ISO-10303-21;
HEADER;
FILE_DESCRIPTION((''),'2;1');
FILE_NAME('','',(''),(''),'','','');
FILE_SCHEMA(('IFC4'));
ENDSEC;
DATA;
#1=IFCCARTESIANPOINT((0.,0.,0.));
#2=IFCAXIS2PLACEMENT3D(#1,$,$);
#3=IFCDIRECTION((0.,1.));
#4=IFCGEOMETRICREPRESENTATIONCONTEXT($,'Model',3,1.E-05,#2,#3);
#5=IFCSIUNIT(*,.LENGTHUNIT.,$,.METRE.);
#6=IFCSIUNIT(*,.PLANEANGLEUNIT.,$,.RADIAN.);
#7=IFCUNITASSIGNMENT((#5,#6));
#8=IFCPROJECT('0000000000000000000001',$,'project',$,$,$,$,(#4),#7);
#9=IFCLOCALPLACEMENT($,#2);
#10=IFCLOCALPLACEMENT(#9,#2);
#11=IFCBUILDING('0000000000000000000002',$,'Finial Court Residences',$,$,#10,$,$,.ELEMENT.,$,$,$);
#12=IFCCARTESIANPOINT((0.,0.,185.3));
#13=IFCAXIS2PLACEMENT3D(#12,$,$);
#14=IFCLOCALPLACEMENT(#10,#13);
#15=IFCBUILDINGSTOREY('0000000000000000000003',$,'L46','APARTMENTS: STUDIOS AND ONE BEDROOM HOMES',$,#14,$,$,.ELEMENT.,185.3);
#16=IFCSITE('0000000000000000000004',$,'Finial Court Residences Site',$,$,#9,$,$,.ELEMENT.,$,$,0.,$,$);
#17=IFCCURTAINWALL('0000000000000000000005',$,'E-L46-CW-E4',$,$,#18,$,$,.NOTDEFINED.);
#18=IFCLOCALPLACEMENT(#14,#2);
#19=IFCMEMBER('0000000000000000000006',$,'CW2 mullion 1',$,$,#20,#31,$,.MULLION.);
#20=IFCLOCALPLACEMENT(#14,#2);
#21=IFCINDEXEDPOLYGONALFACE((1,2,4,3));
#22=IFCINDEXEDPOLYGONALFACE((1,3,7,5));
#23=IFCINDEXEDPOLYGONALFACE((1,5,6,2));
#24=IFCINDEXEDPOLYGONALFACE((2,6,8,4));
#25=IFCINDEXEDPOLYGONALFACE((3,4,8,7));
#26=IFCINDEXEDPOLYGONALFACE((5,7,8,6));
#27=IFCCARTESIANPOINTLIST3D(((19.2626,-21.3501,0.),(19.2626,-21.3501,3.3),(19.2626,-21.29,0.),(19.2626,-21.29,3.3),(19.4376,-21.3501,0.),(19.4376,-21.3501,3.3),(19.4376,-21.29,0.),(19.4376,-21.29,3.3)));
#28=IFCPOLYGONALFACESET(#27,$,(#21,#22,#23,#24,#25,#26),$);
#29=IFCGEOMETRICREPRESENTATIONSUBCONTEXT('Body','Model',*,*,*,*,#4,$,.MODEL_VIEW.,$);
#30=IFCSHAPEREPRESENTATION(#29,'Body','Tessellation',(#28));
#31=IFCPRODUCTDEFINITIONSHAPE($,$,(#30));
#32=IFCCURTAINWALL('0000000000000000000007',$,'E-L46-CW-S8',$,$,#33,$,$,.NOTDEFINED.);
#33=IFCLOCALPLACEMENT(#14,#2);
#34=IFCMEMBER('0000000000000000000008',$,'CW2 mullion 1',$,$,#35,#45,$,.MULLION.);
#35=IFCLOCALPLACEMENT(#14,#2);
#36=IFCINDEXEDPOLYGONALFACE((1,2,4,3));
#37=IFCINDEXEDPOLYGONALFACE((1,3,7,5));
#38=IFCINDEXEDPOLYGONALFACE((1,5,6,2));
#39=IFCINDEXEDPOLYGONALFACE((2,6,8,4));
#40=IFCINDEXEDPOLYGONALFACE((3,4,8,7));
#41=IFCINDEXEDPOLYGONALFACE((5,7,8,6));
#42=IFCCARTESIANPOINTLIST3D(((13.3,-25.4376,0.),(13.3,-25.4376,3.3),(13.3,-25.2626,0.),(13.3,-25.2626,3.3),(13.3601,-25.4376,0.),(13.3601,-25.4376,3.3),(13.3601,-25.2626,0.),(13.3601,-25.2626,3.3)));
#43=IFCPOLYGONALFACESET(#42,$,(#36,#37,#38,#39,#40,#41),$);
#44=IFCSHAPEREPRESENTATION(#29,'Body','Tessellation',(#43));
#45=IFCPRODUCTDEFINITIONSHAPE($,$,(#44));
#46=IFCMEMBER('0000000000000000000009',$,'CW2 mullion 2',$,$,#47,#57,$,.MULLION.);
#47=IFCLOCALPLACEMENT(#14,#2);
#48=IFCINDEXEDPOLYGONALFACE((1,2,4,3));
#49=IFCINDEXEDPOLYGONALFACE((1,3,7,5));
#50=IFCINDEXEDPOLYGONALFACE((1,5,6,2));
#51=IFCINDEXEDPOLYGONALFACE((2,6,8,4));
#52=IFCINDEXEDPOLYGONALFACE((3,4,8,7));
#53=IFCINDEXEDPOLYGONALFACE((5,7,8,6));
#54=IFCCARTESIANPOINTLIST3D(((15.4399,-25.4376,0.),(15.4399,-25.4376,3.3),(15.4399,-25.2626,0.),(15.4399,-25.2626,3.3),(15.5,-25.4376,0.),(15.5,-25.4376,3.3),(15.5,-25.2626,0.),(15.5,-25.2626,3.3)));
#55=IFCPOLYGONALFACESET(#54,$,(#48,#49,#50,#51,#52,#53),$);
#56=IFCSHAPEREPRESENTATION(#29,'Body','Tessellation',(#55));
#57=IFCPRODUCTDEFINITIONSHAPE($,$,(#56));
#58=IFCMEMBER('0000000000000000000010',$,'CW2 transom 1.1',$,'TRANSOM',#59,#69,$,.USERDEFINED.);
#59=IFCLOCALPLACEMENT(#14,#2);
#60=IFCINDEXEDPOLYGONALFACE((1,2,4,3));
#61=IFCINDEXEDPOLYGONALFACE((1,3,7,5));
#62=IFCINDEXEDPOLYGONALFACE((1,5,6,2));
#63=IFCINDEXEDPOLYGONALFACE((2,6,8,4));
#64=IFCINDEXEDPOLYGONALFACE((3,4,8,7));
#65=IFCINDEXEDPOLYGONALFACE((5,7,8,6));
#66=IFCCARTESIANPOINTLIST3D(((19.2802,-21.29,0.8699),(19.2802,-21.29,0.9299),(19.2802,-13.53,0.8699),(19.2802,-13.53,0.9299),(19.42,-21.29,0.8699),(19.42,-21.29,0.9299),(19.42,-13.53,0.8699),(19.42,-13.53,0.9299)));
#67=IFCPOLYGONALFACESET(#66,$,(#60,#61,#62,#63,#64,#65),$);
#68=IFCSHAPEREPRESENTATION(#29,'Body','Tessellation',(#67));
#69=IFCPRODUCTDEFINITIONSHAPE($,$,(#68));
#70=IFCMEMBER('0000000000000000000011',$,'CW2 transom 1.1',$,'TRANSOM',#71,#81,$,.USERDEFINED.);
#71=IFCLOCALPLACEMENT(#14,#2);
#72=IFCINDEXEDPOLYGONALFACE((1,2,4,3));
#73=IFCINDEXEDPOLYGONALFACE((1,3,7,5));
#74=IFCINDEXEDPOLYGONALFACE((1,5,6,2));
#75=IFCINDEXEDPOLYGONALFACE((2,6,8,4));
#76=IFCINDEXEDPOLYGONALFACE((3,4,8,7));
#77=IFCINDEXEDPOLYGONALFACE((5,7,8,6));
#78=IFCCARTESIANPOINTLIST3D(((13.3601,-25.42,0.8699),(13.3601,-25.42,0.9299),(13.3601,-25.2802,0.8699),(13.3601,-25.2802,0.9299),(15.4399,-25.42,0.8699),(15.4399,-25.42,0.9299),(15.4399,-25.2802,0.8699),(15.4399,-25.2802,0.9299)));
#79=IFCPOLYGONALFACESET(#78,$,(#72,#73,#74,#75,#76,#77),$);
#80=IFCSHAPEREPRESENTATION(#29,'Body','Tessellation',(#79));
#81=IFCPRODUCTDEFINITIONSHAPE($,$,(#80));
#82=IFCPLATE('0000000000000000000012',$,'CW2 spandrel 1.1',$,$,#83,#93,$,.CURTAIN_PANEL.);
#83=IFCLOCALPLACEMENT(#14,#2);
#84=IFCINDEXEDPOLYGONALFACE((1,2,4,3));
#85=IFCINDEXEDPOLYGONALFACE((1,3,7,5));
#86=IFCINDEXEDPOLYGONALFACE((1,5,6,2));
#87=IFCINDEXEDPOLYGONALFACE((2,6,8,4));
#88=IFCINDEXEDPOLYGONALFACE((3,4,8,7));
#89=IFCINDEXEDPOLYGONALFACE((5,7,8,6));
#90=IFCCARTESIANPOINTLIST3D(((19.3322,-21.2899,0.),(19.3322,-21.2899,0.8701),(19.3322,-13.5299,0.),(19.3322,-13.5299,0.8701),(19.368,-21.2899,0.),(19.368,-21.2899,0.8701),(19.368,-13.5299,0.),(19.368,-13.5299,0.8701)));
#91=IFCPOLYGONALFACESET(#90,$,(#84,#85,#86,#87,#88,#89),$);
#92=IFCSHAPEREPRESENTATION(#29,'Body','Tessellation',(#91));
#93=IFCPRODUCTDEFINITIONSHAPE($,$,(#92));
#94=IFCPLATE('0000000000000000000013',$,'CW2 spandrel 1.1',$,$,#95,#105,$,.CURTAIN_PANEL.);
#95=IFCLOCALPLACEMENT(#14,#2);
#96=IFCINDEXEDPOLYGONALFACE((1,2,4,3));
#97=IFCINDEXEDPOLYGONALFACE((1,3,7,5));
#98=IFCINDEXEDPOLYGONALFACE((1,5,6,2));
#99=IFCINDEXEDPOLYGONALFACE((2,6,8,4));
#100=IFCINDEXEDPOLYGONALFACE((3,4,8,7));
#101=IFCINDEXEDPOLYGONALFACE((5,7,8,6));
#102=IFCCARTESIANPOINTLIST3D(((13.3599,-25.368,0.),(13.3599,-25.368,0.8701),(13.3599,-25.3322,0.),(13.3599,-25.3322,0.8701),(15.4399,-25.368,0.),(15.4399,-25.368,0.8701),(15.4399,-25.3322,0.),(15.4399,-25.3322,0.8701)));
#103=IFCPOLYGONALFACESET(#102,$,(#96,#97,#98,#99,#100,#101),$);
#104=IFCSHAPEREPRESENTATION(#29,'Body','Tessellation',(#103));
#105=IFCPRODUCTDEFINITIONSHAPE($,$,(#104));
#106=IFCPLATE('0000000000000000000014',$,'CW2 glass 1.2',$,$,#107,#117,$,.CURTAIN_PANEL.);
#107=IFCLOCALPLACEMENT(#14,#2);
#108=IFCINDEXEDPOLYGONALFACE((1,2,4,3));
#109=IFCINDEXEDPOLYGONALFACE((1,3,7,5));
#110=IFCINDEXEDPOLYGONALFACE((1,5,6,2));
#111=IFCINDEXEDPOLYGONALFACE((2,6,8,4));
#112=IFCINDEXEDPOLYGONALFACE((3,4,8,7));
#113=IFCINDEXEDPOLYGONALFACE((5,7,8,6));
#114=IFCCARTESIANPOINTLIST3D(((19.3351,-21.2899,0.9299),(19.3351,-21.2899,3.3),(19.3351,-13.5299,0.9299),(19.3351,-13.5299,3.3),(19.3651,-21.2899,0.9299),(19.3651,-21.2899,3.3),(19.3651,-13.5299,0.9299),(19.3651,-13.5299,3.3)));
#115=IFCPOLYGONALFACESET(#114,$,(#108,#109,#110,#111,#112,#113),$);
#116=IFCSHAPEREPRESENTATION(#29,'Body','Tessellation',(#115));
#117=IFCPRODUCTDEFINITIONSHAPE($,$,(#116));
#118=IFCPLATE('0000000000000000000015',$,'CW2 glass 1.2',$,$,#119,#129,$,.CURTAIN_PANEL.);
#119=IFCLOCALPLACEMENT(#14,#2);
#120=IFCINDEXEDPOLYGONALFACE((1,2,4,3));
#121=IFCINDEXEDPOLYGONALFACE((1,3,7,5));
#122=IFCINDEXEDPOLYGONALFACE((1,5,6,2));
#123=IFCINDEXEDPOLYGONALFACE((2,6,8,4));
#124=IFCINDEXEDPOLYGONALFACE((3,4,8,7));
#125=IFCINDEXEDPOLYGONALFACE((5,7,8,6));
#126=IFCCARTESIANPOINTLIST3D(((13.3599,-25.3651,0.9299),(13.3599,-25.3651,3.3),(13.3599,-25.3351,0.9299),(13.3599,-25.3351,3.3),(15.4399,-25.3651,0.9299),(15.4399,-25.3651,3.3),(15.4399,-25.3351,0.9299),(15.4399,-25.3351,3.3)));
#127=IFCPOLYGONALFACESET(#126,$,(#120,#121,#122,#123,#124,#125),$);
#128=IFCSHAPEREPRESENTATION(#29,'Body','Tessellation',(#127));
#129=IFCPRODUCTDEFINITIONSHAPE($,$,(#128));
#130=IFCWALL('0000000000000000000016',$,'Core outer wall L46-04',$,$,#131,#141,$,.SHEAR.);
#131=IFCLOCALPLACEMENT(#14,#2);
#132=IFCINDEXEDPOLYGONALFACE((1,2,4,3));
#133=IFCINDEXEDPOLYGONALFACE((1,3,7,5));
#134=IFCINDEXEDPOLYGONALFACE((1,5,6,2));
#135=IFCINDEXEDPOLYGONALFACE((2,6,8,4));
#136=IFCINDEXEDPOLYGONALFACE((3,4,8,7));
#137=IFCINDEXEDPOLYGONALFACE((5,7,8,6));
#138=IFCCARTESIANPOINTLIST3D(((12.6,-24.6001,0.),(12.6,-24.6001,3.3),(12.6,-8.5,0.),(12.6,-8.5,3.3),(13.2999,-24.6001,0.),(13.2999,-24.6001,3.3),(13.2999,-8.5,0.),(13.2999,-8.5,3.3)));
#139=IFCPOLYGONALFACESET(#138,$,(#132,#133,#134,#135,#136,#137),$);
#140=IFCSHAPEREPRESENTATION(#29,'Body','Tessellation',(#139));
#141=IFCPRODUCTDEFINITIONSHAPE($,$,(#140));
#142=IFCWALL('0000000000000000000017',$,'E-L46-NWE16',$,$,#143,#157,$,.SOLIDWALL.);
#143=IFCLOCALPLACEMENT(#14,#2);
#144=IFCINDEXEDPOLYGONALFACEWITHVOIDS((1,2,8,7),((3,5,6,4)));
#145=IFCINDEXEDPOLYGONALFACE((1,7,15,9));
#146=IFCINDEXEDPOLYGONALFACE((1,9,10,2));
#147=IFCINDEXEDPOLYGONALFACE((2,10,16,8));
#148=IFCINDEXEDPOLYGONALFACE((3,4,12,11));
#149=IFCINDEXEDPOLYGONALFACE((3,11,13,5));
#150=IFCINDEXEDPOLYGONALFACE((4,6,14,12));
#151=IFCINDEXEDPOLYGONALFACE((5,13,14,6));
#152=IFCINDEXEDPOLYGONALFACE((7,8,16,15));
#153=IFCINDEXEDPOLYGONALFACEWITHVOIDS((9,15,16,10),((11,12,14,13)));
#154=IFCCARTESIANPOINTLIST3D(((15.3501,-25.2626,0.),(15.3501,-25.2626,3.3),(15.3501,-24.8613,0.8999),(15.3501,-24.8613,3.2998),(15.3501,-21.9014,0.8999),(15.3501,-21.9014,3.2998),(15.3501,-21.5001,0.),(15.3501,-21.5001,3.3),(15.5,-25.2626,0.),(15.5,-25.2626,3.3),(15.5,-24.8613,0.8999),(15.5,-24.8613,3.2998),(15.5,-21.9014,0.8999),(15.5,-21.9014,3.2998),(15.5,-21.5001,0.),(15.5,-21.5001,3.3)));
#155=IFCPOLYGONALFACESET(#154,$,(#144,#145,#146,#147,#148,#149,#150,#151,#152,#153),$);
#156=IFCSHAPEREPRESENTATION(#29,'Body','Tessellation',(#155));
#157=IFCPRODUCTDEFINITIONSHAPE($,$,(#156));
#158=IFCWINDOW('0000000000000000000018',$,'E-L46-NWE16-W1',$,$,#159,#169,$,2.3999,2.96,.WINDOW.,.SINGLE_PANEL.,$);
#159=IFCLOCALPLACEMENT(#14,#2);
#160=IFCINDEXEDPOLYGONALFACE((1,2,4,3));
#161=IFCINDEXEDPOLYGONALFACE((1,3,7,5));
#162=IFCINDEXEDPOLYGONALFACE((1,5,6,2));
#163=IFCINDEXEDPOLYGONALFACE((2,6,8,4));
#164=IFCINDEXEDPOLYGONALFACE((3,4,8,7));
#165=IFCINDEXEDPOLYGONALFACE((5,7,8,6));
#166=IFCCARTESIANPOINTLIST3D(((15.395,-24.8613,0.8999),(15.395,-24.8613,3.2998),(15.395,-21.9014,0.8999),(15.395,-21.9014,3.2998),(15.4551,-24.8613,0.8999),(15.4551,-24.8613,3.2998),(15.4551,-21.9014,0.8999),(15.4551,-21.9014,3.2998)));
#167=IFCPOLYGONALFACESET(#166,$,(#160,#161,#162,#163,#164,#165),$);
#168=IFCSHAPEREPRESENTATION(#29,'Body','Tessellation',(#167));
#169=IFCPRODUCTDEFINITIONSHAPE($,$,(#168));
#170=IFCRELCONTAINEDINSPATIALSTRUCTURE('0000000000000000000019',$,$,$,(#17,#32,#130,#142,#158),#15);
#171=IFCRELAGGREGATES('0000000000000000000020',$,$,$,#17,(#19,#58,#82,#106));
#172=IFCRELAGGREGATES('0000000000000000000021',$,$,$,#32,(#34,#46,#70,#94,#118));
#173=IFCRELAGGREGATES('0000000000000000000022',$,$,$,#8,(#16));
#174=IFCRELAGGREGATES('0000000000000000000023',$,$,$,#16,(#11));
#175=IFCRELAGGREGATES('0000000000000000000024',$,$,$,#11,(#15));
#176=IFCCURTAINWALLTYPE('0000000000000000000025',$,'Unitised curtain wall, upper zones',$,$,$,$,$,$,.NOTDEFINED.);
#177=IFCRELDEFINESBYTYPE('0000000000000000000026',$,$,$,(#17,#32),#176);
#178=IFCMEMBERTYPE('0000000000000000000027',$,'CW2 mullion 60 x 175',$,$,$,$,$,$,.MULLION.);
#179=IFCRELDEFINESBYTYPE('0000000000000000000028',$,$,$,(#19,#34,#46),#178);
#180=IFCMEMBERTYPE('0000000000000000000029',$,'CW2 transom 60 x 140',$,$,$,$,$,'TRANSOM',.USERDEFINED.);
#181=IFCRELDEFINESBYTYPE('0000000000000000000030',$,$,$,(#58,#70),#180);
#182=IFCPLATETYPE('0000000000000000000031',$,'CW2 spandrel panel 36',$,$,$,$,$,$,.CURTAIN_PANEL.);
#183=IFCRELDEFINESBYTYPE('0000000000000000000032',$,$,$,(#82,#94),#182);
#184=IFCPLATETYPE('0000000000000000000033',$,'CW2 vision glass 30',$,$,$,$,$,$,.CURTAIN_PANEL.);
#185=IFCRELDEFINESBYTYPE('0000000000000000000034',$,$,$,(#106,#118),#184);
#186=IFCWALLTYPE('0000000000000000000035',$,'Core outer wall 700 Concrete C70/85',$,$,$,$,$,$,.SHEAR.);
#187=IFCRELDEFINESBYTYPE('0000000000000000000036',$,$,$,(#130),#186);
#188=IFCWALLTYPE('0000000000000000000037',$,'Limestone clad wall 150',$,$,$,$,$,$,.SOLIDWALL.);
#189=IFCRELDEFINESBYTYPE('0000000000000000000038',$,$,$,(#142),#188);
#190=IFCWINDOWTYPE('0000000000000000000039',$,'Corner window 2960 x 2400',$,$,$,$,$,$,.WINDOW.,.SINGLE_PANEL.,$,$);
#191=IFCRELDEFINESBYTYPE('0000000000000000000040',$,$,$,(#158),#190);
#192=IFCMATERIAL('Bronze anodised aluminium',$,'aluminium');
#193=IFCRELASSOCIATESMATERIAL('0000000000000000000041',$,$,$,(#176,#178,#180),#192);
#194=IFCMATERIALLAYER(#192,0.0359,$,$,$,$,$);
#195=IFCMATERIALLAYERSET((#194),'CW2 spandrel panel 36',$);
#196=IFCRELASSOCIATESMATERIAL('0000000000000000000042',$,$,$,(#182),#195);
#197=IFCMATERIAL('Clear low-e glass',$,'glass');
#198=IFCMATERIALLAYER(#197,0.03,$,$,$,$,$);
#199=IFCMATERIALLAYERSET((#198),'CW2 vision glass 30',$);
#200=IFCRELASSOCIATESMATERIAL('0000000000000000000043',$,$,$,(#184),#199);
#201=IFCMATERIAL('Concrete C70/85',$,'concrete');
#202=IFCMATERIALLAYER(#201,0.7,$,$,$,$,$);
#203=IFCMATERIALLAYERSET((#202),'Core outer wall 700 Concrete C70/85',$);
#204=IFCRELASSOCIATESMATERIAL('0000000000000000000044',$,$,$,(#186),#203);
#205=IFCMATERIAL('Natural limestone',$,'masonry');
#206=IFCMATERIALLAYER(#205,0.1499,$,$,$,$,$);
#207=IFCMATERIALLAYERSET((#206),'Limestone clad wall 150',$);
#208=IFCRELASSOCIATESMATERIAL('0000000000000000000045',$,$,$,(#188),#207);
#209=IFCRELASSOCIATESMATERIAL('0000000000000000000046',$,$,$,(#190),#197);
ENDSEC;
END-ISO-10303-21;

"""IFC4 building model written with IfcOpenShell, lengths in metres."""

from ifc_helpers import new_model, si_unit, direction, frame, frame_2d, origin, origin_2d, place, context, subcontext, project, spatial, rectangle, extrude, material, layer, layer_set, material_profile, profile_set, type_object, element, fill, aggregate, save


model = new_model("IFC4")

# Units and contexts
model_context = context("Model", 3, precision=1e-05, world=origin(), true_north=direction((0.0, 1.0)))
body_context = subcontext(model_context, "Body", "Model", "MODEL_VIEW")
ifc_project = project(units=[si_unit("LENGTHUNIT", "METRE"), si_unit("PLANEANGLEUNIT", "RADIAN")], contexts=[model_context])

# Site, building, storey
site_placement = place(None, origin())
site = spatial("IfcSite", under=ifc_project, at=site_placement, Name="Finial Court Residences Site", CompositionType="ELEMENT", RefElevation=0.0)
building_placement = place(site_placement, origin())
building = spatial("IfcBuilding", under=site, at=building_placement, Name="Finial Court Residences", CompositionType="ELEMENT")
storey_placement = place(building_placement, frame((0.0, 0.0, 185.3)))
storey = spatial("IfcBuildingStorey", under=building, at=storey_placement, Name="L46", Description="APARTMENTS: STUDIOS AND ONE BEDROOM HOMES", CompositionType="ELEMENT", Elevation=185.3)

# Curtain wall, member
ifc_material_1 = material(Name="Bronze anodised aluminium", Category="aluminium")
curtain_wall_type = type_object("IfcCurtainWallType", Name="Unitised curtain wall, upper zones", PredefinedType="NOTDEFINED", material=ifc_material_1)
curtain_wall_1_placement = place(storey_placement, origin())
curtain_wall_1 = element("IfcCurtainWall", 1, at=curtain_wall_1_placement, inside=storey, type_object=curtain_wall_type, Name="E-L46-CW-E4", PredefinedType="NOTDEFINED")
ifc_material_profile_1 = material_profile(ifc_material_1, rectangle(XDim=0.175, YDim=0.0601, at=origin_2d()), Name="CW2 mullion 60 x 175")
ifc_profile_set_1 = profile_set([ifc_material_profile_1], Name="Bronze anodised aluminium")
member_type_1 = type_object("IfcMemberType", Name="CW2 mullion 60 x 175", PredefinedType="MULLION", material=ifc_profile_set_1)
member_1_placement = place(storey_placement, frame((19.3501, -21.3201, 0.0), z_axis=(0.0, 0.0, 1.0), x_axis=(-1.0, 0.0, 0.0)))
member_1 = element("IfcMember", 2, at=member_1_placement, type_object=member_type_1, Name="CW2 mullion 1", PredefinedType="MULLION", context=body_context, shape_type="SweptSolid", body=[
    extrude(rectangle(XDim=0.175, YDim=0.0601, at=origin_2d()), origin(), (0.0, 0.0, 1.0), 3.3),
])

# Curtain wall, members
curtain_wall_2_placement = place(storey_placement, origin())
curtain_wall_2 = element("IfcCurtainWall", 3, at=curtain_wall_2_placement, inside=storey, type_object=curtain_wall_type, Name="E-L46-CW-S8", PredefinedType="NOTDEFINED")
member_2_placement = place(storey_placement, frame((13.3301, -25.3501, 0.0), z_axis=(0.0, 0.0, 1.0), x_axis=(0.0, 1.0, 0.0)))
member_2 = element("IfcMember", 4, at=member_2_placement, type_object=member_type_1, Name="CW2 mullion 1", PredefinedType="MULLION", context=body_context, shape_type="SweptSolid", body=[
    extrude(rectangle(XDim=0.175, YDim=0.0601, at=origin_2d()), origin(), (0.0, 0.0, 1.0), 3.3),
])
member_3_placement = place(storey_placement, frame((15.47, -25.3501, 0.0), z_axis=(0.0, 0.0, 1.0), x_axis=(0.0, 1.0, 0.0)))
member_3 = element("IfcMember", 5, at=member_3_placement, type_object=member_type_1, Name="CW2 mullion 2", PredefinedType="MULLION", context=body_context, shape_type="SweptSolid", body=[
    extrude(rectangle(XDim=0.175, YDim=0.0601, at=origin_2d()), origin(), (0.0, 0.0, 1.0), 3.3),
])

# Members
ifc_material_profile_2 = material_profile(ifc_material_1, rectangle(XDim=0.1399, YDim=0.0601, at=origin_2d()), Name="CW2 transom 60 x 140")
ifc_profile_set_2 = profile_set([ifc_material_profile_2], Name="Bronze anodised aluminium")
member_type_2 = type_object("IfcMemberType", Name="CW2 transom 60 x 140", ElementType="TRANSOM", PredefinedType="USERDEFINED", material=ifc_profile_set_2)
member_4_placement = place(storey_placement, frame((19.3501, -21.29, 0.8999), z_axis=(0.0, 1.0, 0.0), x_axis=(-1.0, 0.0, 0.0)))
member_4 = element("IfcMember", 6, at=member_4_placement, type_object=member_type_2, Name="CW2 transom 1.1", ObjectType="TRANSOM", PredefinedType="USERDEFINED", context=body_context, shape_type="SweptSolid", body=[
    extrude(rectangle(XDim=0.1399, YDim=0.0601, at=origin_2d()), origin(), (0.0, 0.0, 1.0), 7.76),
])
member_5_placement = place(storey_placement, frame((13.3601, -25.3501, 0.8999), z_axis=(1.0, 0.0, 0.0), x_axis=(0.0, 1.0, 0.0)))
member_5 = element("IfcMember", 7, at=member_5_placement, type_object=member_type_2, Name="CW2 transom 1.1", ObjectType="TRANSOM", PredefinedType="USERDEFINED", context=body_context, shape_type="SweptSolid", body=[
    extrude(rectangle(XDim=0.1399, YDim=0.0601, at=origin_2d()), origin(), (0.0, 0.0, 1.0), 2.0798),
])

# Plates
ifc_layer_1 = layer(ifc_material_1, 0.0359)
ifc_layer_set_1 = layer_set([ifc_layer_1], Name="CW2 spandrel panel 36")
plate_type_1 = type_object("IfcPlateType", Name="CW2 spandrel panel 36", PredefinedType="CURTAIN_PANEL", material=ifc_layer_set_1)
plate_1_placement = place(storey_placement, frame((19.3501, -17.4099, 0.0), z_axis=(0.0, 0.0, 1.0), x_axis=(0.0, 1.0, 0.0)))
plate_1 = element("IfcPlate", 8, at=plate_1_placement, type_object=plate_type_1, Name="CW2 spandrel 1.1", PredefinedType="CURTAIN_PANEL", context=body_context, shape_type="SweptSolid", body=[
    extrude(rectangle(XDim=7.76, YDim=0.0359, at=origin_2d()), origin(), (0.0, 0.0, 1.0), 0.8701),
])
plate_2_placement = place(storey_placement, frame((14.3999, -25.3501, 0.0), z_axis=(0.0, 0.0, 1.0), x_axis=(1.0, 0.0, 0.0)))
plate_2 = element("IfcPlate", 9, at=plate_2_placement, type_object=plate_type_1, Name="CW2 spandrel 1.1", PredefinedType="CURTAIN_PANEL", context=body_context, shape_type="SweptSolid", body=[
    extrude(rectangle(XDim=2.0801, YDim=0.0359, at=origin_2d()), origin(), (0.0, 0.0, 1.0), 0.8701),
])
ifc_material_2 = material(Name="Clear low-e glass", Category="glass")
ifc_layer_2 = layer(ifc_material_2, 0.03)
ifc_layer_set_2 = layer_set([ifc_layer_2], Name="CW2 vision glass 30")
plate_type_2 = type_object("IfcPlateType", Name="CW2 vision glass 30", PredefinedType="CURTAIN_PANEL", material=ifc_layer_set_2)
plate_3_placement = place(storey_placement, frame((19.3501, -17.4099, 0.9299), z_axis=(0.0, 0.0, 1.0), x_axis=(0.0, 1.0, 0.0)))
plate_3 = element("IfcPlate", 10, at=plate_3_placement, type_object=plate_type_2, Name="CW2 glass 1.2", PredefinedType="CURTAIN_PANEL", context=body_context, shape_type="SweptSolid", body=[
    extrude(rectangle(XDim=7.76, YDim=0.03, at=origin_2d()), origin(), (0.0, 0.0, 1.0), 2.3701),
])
aggregate(curtain_wall_1, [member_1, member_4, plate_1, plate_3])
plate_4_placement = place(storey_placement, frame((14.3999, -25.3501, 0.9299), z_axis=(0.0, 0.0, 1.0), x_axis=(1.0, 0.0, 0.0)))
plate_4 = element("IfcPlate", 11, at=plate_4_placement, type_object=plate_type_2, Name="CW2 glass 1.2", PredefinedType="CURTAIN_PANEL", context=body_context, shape_type="SweptSolid", body=[
    extrude(rectangle(XDim=2.0801, YDim=0.03, at=origin_2d()), origin(), (0.0, 0.0, 1.0), 2.3701),
])
aggregate(curtain_wall_2, [member_2, member_3, member_5, plate_2, plate_4])

# Wall
ifc_material_3 = material(Name="Concrete C70/85", Category="concrete")
ifc_layer_3 = layer(ifc_material_3, 0.7)
ifc_layer_set_3 = layer_set([ifc_layer_3], Name="Core outer wall 700 Concrete C70/85")
wall_type_1 = type_object("IfcWallType", Name="Core outer wall 700 Concrete C70/85", PredefinedType="SHEAR", material=ifc_layer_set_3)
wall_1_placement = place(storey_placement, frame((12.95, -24.6001, 0.0), z_axis=(0.0, 0.0, 1.0), x_axis=(0.0, 1.0, 0.0)))
element("IfcWall", 12, at=wall_1_placement, inside=storey, type_object=wall_type_1, Name="Core outer wall L46-04", PredefinedType="SHEAR", context=body_context, shape_type="SweptSolid", body=[
    extrude(rectangle(XDim=16.1001, YDim=0.7, at=frame_2d((8.05, 0.0))), origin(), (0.0, 0.0, 1.0), 3.3),
])

# Wall, opening, window
ifc_material_4 = material(Name="Natural limestone", Category="masonry")
ifc_layer_4 = layer(ifc_material_4, 0.1499)
ifc_layer_set_4 = layer_set([ifc_layer_4], Name="Limestone clad wall 150")
wall_type_2 = type_object("IfcWallType", Name="Limestone clad wall 150", PredefinedType="SOLIDWALL", material=ifc_layer_set_4)
wall_2_placement = place(storey_placement, frame((15.425, -21.5, 0.0), z_axis=(0.0, 0.0, 1.0), x_axis=(0.0, -1.0, 0.0)))
wall_2 = element("IfcWall", 13, at=wall_2_placement, inside=storey, type_object=wall_type_2, Name="E-L46-NWE16", PredefinedType="SOLIDWALL", context=body_context, shape_type="SweptSolid", body=[
    extrude(rectangle(XDim=3.7625, YDim=0.1499, at=frame_2d((1.8813, 0.0))), origin(), (0.0, 0.0, 1.0), 3.3),
])
opening_1_placement = place(wall_2_placement, frame((0.4014, 0.0, 0.8999)))
opening_1 = element("IfcOpeningElement", 14, at=opening_1_placement, cuts=wall_2, PredefinedType="OPENING", context=body_context, shape_type="SweptSolid", body=[
    extrude(rectangle(XDim=2.96, YDim=2.3999, at=frame_2d((1.48, 1.2))), frame((0.0, 0.085, 0.0), z_axis=(0.0, -1.0, 0.0), x_axis=(1.0, 0.0, 0.0)), (0.0, 0.0, 1.0), 0.1699),
])
window_type_1 = type_object("IfcWindowType", Name="Corner window 2960 x 2400", PartitioningType="SINGLE_PANEL", PredefinedType="WINDOW", material=ifc_material_2)
window_1_placement = place(opening_1_placement, origin())
window_1 = element("IfcWindow", 15, at=window_1_placement, inside=storey, type_object=window_type_1, Name="E-L46-NWE16-W1", OverallHeight=2.3999, OverallWidth=2.96, PartitioningType="SINGLE_PANEL", PredefinedType="WINDOW", context=body_context, shape_type="SweptSolid", body=[
    extrude(rectangle(XDim=2.96, YDim=2.3999, at=frame_2d((1.48, 1.2))), frame((0.0, 0.03, 0.0), z_axis=(0.0, -1.0, 0.0), x_axis=(1.0, 0.0, 0.0)), (0.0, 0.0, 1.0), 0.0601),
])
fill(opening_1, window_1)

save(model, "model.ifc")
